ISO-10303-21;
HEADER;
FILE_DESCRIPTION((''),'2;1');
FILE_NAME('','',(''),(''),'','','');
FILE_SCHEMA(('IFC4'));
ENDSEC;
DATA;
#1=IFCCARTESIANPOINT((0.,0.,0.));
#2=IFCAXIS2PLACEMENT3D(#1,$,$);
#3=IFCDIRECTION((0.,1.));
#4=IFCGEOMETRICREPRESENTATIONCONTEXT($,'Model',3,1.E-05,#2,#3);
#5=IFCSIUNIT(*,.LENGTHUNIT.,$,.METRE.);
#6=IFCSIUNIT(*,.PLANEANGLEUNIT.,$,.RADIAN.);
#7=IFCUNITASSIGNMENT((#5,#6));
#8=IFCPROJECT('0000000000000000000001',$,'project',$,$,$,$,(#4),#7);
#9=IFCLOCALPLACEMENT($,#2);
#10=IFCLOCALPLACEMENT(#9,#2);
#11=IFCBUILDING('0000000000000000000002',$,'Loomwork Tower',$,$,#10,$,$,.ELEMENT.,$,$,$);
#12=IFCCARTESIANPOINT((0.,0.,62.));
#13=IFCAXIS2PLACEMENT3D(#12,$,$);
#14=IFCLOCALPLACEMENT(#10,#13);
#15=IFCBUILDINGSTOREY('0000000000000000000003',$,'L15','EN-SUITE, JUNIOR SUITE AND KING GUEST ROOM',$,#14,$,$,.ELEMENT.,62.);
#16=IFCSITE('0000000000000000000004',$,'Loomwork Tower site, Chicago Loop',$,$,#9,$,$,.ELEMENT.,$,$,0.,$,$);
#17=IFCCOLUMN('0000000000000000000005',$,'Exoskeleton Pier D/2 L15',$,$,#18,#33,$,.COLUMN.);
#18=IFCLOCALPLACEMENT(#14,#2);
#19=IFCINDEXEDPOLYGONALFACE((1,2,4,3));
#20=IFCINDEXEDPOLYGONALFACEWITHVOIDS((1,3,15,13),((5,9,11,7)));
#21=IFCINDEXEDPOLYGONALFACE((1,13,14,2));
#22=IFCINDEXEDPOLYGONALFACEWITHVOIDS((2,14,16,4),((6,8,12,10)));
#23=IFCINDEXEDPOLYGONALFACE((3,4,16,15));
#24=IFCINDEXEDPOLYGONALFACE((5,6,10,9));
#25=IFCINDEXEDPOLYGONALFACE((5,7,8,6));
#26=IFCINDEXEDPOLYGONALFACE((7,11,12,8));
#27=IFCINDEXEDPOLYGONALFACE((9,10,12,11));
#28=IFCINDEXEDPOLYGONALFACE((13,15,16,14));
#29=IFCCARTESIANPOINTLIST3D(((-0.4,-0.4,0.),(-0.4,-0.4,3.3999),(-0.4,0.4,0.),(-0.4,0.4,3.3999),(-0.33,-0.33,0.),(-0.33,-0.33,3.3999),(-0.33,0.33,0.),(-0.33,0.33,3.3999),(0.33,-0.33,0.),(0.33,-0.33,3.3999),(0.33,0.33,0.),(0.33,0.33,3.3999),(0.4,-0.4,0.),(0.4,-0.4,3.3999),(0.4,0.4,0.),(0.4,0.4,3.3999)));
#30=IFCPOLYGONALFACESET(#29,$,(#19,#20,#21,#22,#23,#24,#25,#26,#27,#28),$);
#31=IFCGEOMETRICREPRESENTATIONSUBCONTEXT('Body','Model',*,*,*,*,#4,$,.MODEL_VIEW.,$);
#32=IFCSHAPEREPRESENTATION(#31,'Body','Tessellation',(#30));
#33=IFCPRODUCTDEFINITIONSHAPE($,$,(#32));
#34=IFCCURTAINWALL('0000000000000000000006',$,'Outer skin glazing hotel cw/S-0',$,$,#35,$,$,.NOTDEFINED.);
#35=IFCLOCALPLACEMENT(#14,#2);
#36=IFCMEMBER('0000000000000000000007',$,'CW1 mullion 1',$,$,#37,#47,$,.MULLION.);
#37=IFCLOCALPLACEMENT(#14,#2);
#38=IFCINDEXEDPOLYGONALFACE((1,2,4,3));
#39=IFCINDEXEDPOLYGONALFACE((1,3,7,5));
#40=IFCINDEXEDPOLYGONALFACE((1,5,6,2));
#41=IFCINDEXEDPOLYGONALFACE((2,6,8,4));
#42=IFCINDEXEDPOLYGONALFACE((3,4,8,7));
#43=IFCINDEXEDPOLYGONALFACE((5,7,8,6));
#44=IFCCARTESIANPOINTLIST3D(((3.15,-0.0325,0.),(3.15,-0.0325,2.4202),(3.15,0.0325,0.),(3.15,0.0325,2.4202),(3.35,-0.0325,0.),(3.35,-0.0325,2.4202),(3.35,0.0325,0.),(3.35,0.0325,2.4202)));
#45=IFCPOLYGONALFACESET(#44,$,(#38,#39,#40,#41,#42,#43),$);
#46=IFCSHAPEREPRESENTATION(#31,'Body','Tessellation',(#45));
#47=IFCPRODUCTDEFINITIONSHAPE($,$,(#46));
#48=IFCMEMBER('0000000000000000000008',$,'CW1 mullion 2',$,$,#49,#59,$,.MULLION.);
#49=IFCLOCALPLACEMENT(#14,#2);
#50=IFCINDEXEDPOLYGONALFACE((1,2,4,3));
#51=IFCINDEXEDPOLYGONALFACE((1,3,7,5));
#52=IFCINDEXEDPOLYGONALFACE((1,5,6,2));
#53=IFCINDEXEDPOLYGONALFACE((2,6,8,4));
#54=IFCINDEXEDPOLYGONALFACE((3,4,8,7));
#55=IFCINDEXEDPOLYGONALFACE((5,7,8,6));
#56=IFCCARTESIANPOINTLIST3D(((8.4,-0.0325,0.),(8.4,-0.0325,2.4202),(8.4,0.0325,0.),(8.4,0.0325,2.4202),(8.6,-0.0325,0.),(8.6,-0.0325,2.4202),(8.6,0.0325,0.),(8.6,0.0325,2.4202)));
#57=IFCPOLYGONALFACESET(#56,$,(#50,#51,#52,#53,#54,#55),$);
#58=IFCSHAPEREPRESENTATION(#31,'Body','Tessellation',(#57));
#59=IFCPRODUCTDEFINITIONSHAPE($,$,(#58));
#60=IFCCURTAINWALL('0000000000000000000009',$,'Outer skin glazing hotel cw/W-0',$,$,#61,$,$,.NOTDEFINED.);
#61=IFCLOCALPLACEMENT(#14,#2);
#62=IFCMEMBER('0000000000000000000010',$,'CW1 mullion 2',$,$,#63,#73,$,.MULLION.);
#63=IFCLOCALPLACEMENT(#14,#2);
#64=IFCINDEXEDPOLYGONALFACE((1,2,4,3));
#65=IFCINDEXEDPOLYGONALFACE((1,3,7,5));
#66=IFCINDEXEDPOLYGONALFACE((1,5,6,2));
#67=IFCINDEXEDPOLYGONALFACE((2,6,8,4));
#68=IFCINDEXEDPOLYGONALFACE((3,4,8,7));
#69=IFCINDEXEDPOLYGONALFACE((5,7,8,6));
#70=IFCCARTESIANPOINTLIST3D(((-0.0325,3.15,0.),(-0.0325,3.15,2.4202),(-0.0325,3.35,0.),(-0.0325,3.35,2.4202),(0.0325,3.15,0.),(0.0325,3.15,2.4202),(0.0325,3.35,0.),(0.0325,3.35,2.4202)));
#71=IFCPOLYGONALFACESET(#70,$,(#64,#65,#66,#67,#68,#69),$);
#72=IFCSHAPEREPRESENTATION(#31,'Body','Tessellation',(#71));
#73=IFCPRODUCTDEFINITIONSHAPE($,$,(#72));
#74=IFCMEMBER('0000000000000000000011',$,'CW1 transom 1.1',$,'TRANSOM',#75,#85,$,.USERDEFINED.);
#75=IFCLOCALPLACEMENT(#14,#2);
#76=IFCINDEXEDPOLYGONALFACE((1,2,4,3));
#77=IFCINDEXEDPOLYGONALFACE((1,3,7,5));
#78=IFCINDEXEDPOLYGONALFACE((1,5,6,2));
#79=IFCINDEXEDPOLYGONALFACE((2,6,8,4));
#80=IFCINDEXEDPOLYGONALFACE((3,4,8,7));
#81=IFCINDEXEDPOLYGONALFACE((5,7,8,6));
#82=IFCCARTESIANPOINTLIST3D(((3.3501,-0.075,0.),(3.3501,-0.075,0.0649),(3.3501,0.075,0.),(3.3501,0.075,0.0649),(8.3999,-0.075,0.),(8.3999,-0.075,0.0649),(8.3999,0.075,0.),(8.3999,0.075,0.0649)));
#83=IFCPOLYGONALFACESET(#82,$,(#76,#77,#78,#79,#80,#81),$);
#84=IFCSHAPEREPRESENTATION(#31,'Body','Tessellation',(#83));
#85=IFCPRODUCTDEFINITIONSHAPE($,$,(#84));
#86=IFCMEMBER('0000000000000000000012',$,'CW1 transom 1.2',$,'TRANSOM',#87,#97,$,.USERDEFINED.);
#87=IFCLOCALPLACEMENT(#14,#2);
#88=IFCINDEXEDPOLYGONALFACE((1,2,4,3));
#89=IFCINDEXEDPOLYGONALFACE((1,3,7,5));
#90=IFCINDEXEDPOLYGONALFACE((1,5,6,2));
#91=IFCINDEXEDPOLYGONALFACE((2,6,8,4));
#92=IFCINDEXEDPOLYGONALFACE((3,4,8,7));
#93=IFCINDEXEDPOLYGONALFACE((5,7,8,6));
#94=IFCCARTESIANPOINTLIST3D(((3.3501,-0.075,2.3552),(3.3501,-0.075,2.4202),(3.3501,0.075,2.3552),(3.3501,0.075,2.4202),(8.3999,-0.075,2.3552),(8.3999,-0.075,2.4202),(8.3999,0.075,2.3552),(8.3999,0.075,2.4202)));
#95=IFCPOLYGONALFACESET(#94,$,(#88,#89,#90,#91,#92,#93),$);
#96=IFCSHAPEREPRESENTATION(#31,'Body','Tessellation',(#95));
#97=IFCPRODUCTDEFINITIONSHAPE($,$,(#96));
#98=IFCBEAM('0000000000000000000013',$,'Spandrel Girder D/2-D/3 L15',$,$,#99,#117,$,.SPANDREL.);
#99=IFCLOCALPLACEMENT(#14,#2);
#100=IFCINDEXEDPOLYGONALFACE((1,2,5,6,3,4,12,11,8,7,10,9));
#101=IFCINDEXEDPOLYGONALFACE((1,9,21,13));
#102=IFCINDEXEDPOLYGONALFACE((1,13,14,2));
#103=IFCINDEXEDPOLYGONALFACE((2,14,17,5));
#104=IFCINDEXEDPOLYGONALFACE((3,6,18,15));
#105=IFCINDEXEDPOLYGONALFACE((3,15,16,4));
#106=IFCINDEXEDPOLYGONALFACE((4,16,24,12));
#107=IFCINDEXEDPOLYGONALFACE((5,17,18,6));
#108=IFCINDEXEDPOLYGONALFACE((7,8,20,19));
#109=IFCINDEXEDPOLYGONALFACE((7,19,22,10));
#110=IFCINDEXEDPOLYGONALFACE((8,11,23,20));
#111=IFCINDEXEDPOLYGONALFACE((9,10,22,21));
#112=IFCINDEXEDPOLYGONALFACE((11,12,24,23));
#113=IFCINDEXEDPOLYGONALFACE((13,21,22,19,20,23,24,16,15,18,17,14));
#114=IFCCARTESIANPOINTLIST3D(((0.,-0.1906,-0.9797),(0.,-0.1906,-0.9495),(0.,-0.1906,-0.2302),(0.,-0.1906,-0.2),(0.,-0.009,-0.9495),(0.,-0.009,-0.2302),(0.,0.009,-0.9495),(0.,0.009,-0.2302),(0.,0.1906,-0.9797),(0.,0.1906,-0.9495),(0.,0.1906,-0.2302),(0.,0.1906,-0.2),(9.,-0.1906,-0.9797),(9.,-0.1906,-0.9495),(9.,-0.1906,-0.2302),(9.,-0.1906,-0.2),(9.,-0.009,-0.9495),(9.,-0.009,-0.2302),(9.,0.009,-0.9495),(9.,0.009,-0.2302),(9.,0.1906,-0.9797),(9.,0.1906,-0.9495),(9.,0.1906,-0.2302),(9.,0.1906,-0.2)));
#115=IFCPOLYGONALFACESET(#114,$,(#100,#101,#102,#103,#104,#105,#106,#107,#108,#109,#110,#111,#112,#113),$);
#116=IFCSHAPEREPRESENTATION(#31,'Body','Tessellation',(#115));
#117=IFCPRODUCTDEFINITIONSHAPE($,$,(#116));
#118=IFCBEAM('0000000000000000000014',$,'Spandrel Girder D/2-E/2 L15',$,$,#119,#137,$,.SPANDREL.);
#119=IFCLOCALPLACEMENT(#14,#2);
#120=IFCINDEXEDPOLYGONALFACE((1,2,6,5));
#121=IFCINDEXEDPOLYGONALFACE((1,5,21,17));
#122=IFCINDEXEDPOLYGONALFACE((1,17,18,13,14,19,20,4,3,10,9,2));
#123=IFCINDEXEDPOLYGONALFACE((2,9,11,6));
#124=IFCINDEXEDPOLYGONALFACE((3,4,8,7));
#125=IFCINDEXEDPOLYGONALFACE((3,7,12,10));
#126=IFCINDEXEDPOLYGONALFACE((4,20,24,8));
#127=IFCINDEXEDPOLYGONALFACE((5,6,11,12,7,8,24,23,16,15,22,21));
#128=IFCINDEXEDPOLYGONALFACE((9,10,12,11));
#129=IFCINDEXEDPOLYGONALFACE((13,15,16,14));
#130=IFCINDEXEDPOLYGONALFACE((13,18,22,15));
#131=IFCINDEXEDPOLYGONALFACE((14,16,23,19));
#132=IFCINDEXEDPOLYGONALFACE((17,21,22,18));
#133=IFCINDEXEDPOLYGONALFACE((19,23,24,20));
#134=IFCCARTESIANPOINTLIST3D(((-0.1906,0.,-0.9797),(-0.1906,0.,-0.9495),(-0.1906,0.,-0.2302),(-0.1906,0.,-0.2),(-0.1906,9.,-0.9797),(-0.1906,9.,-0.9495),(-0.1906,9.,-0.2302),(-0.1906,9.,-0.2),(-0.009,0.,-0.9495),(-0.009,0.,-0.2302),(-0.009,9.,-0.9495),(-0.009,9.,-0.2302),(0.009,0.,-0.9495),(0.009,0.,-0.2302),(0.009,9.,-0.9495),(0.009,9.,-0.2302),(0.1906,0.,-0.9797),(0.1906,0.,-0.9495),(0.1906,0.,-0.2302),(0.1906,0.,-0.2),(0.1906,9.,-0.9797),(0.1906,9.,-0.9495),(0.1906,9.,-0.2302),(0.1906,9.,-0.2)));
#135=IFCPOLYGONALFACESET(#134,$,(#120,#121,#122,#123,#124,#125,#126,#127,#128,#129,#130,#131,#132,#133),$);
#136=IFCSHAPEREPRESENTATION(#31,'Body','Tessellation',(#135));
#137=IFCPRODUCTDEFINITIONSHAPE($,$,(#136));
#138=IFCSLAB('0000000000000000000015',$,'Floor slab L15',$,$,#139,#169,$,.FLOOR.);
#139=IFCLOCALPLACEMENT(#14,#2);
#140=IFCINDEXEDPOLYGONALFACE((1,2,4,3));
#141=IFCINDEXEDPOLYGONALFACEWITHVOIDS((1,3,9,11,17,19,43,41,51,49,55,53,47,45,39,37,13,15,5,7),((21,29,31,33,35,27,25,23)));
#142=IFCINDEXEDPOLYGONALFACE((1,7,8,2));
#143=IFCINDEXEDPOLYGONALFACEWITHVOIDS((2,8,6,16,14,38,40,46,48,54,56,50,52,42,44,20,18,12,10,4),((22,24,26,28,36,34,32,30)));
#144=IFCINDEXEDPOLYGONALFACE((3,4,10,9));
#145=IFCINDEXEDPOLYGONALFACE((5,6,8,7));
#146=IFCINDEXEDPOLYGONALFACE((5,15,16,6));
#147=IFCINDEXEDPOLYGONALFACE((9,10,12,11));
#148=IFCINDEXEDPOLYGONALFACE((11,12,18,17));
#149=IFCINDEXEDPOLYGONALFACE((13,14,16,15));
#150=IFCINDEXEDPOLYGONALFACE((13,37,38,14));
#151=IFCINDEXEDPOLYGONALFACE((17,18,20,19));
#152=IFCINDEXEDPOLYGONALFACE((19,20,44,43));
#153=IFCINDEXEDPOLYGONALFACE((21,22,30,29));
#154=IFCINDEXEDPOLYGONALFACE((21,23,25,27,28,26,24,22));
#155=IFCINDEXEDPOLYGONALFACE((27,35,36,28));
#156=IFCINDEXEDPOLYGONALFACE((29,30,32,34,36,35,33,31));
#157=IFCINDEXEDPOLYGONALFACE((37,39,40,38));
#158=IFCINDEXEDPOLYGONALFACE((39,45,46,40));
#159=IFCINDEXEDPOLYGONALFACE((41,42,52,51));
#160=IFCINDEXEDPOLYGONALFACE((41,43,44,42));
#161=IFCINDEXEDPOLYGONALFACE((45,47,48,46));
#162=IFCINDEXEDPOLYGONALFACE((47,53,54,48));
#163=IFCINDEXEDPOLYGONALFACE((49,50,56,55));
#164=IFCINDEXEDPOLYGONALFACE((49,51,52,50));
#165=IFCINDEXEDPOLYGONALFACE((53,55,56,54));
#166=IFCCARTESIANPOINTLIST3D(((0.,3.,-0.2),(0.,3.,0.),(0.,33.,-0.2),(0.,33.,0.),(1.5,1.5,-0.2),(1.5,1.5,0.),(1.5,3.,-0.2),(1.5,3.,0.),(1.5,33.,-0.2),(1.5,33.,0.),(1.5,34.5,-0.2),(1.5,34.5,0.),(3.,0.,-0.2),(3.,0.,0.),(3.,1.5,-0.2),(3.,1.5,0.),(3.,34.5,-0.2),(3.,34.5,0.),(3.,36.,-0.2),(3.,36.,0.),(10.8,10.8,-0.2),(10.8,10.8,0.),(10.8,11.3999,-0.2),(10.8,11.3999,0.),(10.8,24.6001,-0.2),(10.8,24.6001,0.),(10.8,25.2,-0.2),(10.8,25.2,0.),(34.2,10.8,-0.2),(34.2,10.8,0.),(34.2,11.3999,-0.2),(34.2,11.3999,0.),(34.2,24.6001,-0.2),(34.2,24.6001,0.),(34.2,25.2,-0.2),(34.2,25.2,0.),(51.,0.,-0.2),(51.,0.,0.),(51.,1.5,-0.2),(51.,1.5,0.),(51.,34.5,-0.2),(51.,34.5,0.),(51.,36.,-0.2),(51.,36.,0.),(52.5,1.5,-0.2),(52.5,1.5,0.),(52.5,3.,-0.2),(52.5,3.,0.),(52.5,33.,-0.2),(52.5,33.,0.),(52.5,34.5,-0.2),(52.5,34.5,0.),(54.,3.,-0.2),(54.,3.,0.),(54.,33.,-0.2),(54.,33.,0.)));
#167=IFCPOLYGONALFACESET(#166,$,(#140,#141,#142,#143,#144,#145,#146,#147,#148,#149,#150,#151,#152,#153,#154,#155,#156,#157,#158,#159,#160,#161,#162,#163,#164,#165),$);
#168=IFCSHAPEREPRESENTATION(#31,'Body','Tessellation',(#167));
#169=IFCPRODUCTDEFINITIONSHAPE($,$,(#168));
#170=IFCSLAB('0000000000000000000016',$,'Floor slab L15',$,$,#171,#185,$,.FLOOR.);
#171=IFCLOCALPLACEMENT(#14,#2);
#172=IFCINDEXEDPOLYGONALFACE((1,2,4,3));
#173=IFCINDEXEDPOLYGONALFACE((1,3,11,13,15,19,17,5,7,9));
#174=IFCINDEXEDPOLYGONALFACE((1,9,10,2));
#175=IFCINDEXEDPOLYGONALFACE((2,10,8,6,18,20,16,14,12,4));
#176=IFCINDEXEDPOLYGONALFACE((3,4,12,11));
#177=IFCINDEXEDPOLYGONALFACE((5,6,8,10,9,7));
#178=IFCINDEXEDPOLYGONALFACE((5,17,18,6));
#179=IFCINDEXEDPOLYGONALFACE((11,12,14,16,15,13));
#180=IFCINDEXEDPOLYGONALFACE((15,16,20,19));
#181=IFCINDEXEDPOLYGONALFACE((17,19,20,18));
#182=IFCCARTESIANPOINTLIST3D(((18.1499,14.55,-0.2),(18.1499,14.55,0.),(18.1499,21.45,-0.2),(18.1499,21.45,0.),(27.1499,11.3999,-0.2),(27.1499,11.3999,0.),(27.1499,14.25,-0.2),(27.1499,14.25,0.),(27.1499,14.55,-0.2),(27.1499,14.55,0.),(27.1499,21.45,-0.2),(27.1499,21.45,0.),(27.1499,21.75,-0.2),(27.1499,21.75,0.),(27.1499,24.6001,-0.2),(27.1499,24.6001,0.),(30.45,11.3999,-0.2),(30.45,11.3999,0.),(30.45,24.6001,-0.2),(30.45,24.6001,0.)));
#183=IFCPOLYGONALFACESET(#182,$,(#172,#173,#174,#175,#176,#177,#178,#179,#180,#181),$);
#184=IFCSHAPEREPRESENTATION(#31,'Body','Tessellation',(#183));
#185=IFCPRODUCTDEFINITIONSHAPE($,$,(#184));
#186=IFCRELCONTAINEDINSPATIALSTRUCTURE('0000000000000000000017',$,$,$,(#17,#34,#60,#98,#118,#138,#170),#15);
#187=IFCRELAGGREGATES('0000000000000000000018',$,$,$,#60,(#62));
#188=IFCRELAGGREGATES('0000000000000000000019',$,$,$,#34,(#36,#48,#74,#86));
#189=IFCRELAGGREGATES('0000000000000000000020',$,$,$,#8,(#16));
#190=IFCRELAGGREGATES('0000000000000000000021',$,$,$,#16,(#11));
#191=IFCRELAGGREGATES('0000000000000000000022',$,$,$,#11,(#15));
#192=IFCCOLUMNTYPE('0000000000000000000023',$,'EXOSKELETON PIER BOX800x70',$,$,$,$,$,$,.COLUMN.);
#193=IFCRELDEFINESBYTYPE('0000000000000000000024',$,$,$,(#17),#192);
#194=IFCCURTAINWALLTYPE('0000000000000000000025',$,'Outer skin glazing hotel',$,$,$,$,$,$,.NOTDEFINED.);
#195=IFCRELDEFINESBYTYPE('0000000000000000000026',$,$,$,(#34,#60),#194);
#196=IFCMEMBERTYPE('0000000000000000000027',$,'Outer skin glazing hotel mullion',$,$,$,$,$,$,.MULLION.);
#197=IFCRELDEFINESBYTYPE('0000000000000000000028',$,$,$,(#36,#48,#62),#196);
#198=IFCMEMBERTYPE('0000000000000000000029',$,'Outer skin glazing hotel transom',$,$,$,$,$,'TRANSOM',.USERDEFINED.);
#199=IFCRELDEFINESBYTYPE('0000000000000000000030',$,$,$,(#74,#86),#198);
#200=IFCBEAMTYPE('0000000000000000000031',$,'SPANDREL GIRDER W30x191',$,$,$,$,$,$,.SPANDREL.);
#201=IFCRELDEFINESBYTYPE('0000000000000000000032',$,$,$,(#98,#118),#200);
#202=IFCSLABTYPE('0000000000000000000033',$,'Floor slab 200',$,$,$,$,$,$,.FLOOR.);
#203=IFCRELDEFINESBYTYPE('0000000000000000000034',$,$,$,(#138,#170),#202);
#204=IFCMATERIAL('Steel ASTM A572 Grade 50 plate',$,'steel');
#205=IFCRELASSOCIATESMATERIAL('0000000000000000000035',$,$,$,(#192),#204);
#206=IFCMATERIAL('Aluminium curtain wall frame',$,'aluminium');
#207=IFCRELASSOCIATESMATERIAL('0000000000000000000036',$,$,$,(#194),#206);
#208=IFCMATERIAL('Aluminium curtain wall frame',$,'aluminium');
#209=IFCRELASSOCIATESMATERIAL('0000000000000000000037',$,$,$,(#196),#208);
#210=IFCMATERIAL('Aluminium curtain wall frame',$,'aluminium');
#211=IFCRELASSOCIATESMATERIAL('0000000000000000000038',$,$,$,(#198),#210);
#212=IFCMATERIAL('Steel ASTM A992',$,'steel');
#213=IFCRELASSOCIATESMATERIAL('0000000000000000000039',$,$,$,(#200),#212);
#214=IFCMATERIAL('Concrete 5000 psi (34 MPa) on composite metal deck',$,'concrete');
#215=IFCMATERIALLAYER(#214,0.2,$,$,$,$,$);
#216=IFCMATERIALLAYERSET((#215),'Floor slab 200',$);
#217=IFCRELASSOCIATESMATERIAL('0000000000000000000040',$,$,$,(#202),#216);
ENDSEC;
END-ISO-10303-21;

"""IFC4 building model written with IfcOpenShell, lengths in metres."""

from ifc_helpers import new_model, si_unit, direction, frame, origin, origin_with_axes, origin_2d, place, context, subcontext, project, spatial, polyline, rectangle, hollow_rectangle, i_section, outline, extrude, material, layer, layer_set, material_profile, profile_set, type_object, element, aggregate, save


model = new_model("IFC4")

# Units and contexts
model_context = context("Model", 3, precision=1e-05, world=origin(), true_north=direction((0.0, 1.0)))
body_context = subcontext(model_context, "Body", "Model", "MODEL_VIEW")
ifc_project = project(units=[si_unit("LENGTHUNIT", "METRE"), si_unit("PLANEANGLEUNIT", "RADIAN")], contexts=[model_context])

# Site, building, storey
site_placement = place(None, origin())
site = spatial("IfcSite", under=ifc_project, at=site_placement, Name="Loomwork Tower site, Chicago Loop", CompositionType="ELEMENT", RefElevation=0.0)
building_placement = place(site_placement, origin())
building = spatial("IfcBuilding", under=site, at=building_placement, Name="Loomwork Tower", CompositionType="ELEMENT")
storey_placement = place(building_placement, frame((0.0, 0.0, 62.0)))
storey = spatial("IfcBuildingStorey", under=building, at=storey_placement, Name="L15", Description="EN-SUITE, JUNIOR SUITE AND KING GUEST ROOM", CompositionType="ELEMENT", Elevation=62.0)

# Column
ifc_material_1 = material(Name="Steel ASTM A572 Grade 50 plate", Category="steel")
ifc_material_profile_1 = material_profile(ifc_material_1, hollow_rectangle(XDim=0.8, YDim=0.8, WallThickness=0.0701, at=origin_2d()), Name="BOX800x70")
ifc_profile_set_1 = profile_set([ifc_material_profile_1], Name="Steel ASTM A572 Grade 50 plate")
column_type = type_object("IfcColumnType", Name="EXOSKELETON PIER BOX800x70", PredefinedType="COLUMN", material=ifc_profile_set_1)
column_placement = place(storey_placement, origin_with_axes())
element("IfcColumn", 1, at=column_placement, inside=storey, type_object=column_type, Name="Exoskeleton Pier D/2 L15", PredefinedType="COLUMN", context=body_context, shape_type="SweptSolid", body=[
    extrude(hollow_rectangle(XDim=0.8, YDim=0.8, WallThickness=0.0701, at=origin_2d()), origin(), (0.0, 0.0, 1.0), 3.3999),
])

# Curtain wall, members
ifc_material_2 = material(Name="Aluminium curtain wall frame", Category="aluminium")
curtain_wall_type = type_object("IfcCurtainWallType", Name="Outer skin glazing hotel", PredefinedType="NOTDEFINED", material=ifc_material_2)
curtain_wall_1_placement = place(storey_placement, origin())
curtain_wall_1 = element("IfcCurtainWall", 2, at=curtain_wall_1_placement, inside=storey, type_object=curtain_wall_type, Name="Outer skin glazing hotel cw/S-0", PredefinedType="NOTDEFINED")
ifc_material_3 = material(Name="Aluminium curtain wall frame", Category="aluminium")
ifc_material_profile_2 = material_profile(ifc_material_3, rectangle(XDim=0.0649, YDim=0.2, at=origin_2d()), Name="AL 65x200")
ifc_profile_set_2 = profile_set([ifc_material_profile_2], Name="Aluminium curtain wall frame")
member_type_1 = type_object("IfcMemberType", Name="Outer skin glazing hotel mullion", PredefinedType="MULLION", material=ifc_profile_set_2)
member_1_placement = place(storey_placement, frame((3.25, 0.0, 0.0), z_axis=(0.0, 0.0, 1.0), x_axis=(0.0, 1.0, 0.0)))
member_1 = element("IfcMember", 3, at=member_1_placement, type_object=member_type_1, Name="CW1 mullion 1", PredefinedType="MULLION", context=body_context, shape_type="SweptSolid", body=[
    extrude(rectangle(XDim=0.0649, YDim=0.2, at=origin_2d()), origin(), (0.0, 0.0, 1.0), 2.4202),
])
member_2_placement = place(storey_placement, frame((8.5, 0.0, 0.0), z_axis=(0.0, 0.0, 1.0), x_axis=(0.0, 1.0, 0.0)))
member_2 = element("IfcMember", 4, at=member_2_placement, type_object=member_type_1, Name="CW1 mullion 2", PredefinedType="MULLION", context=body_context, shape_type="SweptSolid", body=[
    extrude(rectangle(XDim=0.0649, YDim=0.2, at=origin_2d()), origin(), (0.0, 0.0, 1.0), 2.4202),
])

# Curtain wall, member
curtain_wall_2_placement = place(storey_placement, origin())
curtain_wall_2 = element("IfcCurtainWall", 5, at=curtain_wall_2_placement, inside=storey, type_object=curtain_wall_type, Name="Outer skin glazing hotel cw/W-0", PredefinedType="NOTDEFINED")
member_3_placement = place(storey_placement, frame((0.0, 3.25, 0.0), z_axis=(0.0, 0.0, 1.0), x_axis=(1.0, 0.0, 0.0)))
member_3 = element("IfcMember", 6, at=member_3_placement, type_object=member_type_1, Name="CW1 mullion 2", PredefinedType="MULLION", context=body_context, shape_type="SweptSolid", body=[
    extrude(rectangle(XDim=0.0649, YDim=0.2, at=origin_2d()), origin(), (0.0, 0.0, 1.0), 2.4202),
])
aggregate(curtain_wall_2, [member_3])

# Members
ifc_material_4 = material(Name="Aluminium curtain wall frame", Category="aluminium")
ifc_material_profile_3 = material_profile(ifc_material_4, rectangle(XDim=0.1499, YDim=0.0649, at=origin_2d()), Name="AL 65x150")
ifc_profile_set_3 = profile_set([ifc_material_profile_3], Name="Aluminium curtain wall frame")
member_type_2 = type_object("IfcMemberType", Name="Outer skin glazing hotel transom", ElementType="TRANSOM", PredefinedType="USERDEFINED", material=ifc_profile_set_3)
member_4_placement = place(storey_placement, frame((3.3501, 0.0, 0.0325), z_axis=(1.0, 0.0, 0.0), x_axis=(0.0, 1.0, 0.0)))
member_4 = element("IfcMember", 7, at=member_4_placement, type_object=member_type_2, Name="CW1 transom 1.1", ObjectType="TRANSOM", PredefinedType="USERDEFINED", context=body_context, shape_type="SweptSolid", body=[
    extrude(rectangle(XDim=0.1499, YDim=0.0649, at=origin_2d()), origin(), (0.0, 0.0, 1.0), 5.0498),
])
member_5_placement = place(storey_placement, frame((3.3501, 0.0, 2.3877), z_axis=(1.0, 0.0, 0.0), x_axis=(0.0, 1.0, 0.0)))
member_5 = element("IfcMember", 8, at=member_5_placement, type_object=member_type_2, Name="CW1 transom 1.2", ObjectType="TRANSOM", PredefinedType="USERDEFINED", context=body_context, shape_type="SweptSolid", body=[
    extrude(rectangle(XDim=0.1499, YDim=0.0649, at=origin_2d()), origin(), (0.0, 0.0, 1.0), 5.0498),
])

# Beams
ifc_material_5 = material(Name="Steel ASTM A992", Category="steel")
ifc_material_profile_4 = material_profile(ifc_material_5, i_section(OverallWidth=0.3811, OverallDepth=0.7798, WebThickness=0.0181, FlangeThickness=0.0303, at=origin_2d()), Name="W30x191")
ifc_profile_set_4 = profile_set([ifc_material_profile_4], Name="Steel ASTM A992")
beam_type = type_object("IfcBeamType", Name="SPANDREL GIRDER W30x191", PredefinedType="SPANDREL", material=ifc_profile_set_4)
for number, where, z_axis, x_axis, name in (
    (9, (0.0, 0.0, -0.5898), (1.0, 0.0, 0.0), (0.0, 1.0, 0.0), "Spandrel Girder D/2-D/3 L15"),
    (10, (0.0, 0.0, -0.5898), (0.0, 1.0, 0.0), (-1.0, 0.0, 0.0), "Spandrel Girder D/2-E/2 L15"),
):
    element("IfcBeam", number, at=place(storey_placement, frame(where, z_axis=z_axis, x_axis=x_axis)), inside=storey, type_object=beam_type, Name=name, PredefinedType="SPANDREL", context=body_context, shape_type="SweptSolid", body=[
        extrude(i_section(OverallWidth=0.3811, OverallDepth=0.7798, WebThickness=0.0181, FlangeThickness=0.0303, at=origin_2d()), origin(), (0.0, 0.0, 1.0), 9.0),
    ])

# Slabs
ifc_material_6 = material(Name="Concrete 5000 psi (34 MPa) on composite metal deck", Category="concrete")
ifc_layer_1 = layer(ifc_material_6, 0.2)
ifc_layer_set_1 = layer_set([ifc_layer_1], Name="Floor slab 200")
slab_type_1 = type_object("IfcSlabType", Name="Floor slab 200", PredefinedType="FLOOR", material=ifc_layer_set_1)
slab_1_placement = place(storey_placement, frame((0.0, 0.0, -0.2)))
element("IfcSlab", 11, at=slab_1_placement, inside=storey, type_object=slab_type_1, Name="Floor slab L15", PredefinedType="FLOOR", context=body_context, shape_type="SweptSolid", body=[
    extrude(outline(polyline([(3.0, 1.5), (1.5, 1.5), (1.5, 3.0), (0.0, 3.0), (0.0, 33.0), (1.5, 33.0), (1.5, 34.5), (3.0, 34.5), (3.0, 36.0), (51.0, 36.0), (51.0, 34.5), (52.5, 34.5), (52.5, 33.0), (54.0, 33.0), (54.0, 3.0), (52.5, 3.0), (52.5, 1.5), (51.0, 1.5), (51.0, 0.0), (3.0, 0.0), (3.0, 1.5)]), holes=[polyline([(10.8, 11.3999), (10.8, 11.3999), (10.8, 10.8), (34.2, 10.8), (34.2, 11.3999), (34.2, 11.3999), (34.2, 24.6001), (34.2, 25.2), (10.8, 25.2), (10.8, 24.6001), (10.8, 11.3999)])]), origin(), (0.0, 0.0, 1.0), 0.2),
])
slab_2_placement = place(storey_placement, frame((0.0, 0.0, -0.2)))
element("IfcSlab", 12, at=slab_2_placement, inside=storey, type_object=slab_type_1, Name="Floor slab L15", PredefinedType="FLOOR", context=body_context, shape_type="SweptSolid", body=[
    extrude(outline(polyline([(30.45, 24.6001), (30.45, 11.3999), (27.1499, 11.3999), (27.1499, 14.25), (27.1499, 14.55), (18.1499, 14.55), (18.1499, 21.45), (27.1499, 21.45), (27.1499, 21.75), (27.1499, 24.6001), (30.45, 24.6001)])), origin(), (0.0, 0.0, 1.0), 0.2),
])

aggregate(curtain_wall_1, [member_1, member_2, member_4, member_5])

save(model, "model.ifc")
